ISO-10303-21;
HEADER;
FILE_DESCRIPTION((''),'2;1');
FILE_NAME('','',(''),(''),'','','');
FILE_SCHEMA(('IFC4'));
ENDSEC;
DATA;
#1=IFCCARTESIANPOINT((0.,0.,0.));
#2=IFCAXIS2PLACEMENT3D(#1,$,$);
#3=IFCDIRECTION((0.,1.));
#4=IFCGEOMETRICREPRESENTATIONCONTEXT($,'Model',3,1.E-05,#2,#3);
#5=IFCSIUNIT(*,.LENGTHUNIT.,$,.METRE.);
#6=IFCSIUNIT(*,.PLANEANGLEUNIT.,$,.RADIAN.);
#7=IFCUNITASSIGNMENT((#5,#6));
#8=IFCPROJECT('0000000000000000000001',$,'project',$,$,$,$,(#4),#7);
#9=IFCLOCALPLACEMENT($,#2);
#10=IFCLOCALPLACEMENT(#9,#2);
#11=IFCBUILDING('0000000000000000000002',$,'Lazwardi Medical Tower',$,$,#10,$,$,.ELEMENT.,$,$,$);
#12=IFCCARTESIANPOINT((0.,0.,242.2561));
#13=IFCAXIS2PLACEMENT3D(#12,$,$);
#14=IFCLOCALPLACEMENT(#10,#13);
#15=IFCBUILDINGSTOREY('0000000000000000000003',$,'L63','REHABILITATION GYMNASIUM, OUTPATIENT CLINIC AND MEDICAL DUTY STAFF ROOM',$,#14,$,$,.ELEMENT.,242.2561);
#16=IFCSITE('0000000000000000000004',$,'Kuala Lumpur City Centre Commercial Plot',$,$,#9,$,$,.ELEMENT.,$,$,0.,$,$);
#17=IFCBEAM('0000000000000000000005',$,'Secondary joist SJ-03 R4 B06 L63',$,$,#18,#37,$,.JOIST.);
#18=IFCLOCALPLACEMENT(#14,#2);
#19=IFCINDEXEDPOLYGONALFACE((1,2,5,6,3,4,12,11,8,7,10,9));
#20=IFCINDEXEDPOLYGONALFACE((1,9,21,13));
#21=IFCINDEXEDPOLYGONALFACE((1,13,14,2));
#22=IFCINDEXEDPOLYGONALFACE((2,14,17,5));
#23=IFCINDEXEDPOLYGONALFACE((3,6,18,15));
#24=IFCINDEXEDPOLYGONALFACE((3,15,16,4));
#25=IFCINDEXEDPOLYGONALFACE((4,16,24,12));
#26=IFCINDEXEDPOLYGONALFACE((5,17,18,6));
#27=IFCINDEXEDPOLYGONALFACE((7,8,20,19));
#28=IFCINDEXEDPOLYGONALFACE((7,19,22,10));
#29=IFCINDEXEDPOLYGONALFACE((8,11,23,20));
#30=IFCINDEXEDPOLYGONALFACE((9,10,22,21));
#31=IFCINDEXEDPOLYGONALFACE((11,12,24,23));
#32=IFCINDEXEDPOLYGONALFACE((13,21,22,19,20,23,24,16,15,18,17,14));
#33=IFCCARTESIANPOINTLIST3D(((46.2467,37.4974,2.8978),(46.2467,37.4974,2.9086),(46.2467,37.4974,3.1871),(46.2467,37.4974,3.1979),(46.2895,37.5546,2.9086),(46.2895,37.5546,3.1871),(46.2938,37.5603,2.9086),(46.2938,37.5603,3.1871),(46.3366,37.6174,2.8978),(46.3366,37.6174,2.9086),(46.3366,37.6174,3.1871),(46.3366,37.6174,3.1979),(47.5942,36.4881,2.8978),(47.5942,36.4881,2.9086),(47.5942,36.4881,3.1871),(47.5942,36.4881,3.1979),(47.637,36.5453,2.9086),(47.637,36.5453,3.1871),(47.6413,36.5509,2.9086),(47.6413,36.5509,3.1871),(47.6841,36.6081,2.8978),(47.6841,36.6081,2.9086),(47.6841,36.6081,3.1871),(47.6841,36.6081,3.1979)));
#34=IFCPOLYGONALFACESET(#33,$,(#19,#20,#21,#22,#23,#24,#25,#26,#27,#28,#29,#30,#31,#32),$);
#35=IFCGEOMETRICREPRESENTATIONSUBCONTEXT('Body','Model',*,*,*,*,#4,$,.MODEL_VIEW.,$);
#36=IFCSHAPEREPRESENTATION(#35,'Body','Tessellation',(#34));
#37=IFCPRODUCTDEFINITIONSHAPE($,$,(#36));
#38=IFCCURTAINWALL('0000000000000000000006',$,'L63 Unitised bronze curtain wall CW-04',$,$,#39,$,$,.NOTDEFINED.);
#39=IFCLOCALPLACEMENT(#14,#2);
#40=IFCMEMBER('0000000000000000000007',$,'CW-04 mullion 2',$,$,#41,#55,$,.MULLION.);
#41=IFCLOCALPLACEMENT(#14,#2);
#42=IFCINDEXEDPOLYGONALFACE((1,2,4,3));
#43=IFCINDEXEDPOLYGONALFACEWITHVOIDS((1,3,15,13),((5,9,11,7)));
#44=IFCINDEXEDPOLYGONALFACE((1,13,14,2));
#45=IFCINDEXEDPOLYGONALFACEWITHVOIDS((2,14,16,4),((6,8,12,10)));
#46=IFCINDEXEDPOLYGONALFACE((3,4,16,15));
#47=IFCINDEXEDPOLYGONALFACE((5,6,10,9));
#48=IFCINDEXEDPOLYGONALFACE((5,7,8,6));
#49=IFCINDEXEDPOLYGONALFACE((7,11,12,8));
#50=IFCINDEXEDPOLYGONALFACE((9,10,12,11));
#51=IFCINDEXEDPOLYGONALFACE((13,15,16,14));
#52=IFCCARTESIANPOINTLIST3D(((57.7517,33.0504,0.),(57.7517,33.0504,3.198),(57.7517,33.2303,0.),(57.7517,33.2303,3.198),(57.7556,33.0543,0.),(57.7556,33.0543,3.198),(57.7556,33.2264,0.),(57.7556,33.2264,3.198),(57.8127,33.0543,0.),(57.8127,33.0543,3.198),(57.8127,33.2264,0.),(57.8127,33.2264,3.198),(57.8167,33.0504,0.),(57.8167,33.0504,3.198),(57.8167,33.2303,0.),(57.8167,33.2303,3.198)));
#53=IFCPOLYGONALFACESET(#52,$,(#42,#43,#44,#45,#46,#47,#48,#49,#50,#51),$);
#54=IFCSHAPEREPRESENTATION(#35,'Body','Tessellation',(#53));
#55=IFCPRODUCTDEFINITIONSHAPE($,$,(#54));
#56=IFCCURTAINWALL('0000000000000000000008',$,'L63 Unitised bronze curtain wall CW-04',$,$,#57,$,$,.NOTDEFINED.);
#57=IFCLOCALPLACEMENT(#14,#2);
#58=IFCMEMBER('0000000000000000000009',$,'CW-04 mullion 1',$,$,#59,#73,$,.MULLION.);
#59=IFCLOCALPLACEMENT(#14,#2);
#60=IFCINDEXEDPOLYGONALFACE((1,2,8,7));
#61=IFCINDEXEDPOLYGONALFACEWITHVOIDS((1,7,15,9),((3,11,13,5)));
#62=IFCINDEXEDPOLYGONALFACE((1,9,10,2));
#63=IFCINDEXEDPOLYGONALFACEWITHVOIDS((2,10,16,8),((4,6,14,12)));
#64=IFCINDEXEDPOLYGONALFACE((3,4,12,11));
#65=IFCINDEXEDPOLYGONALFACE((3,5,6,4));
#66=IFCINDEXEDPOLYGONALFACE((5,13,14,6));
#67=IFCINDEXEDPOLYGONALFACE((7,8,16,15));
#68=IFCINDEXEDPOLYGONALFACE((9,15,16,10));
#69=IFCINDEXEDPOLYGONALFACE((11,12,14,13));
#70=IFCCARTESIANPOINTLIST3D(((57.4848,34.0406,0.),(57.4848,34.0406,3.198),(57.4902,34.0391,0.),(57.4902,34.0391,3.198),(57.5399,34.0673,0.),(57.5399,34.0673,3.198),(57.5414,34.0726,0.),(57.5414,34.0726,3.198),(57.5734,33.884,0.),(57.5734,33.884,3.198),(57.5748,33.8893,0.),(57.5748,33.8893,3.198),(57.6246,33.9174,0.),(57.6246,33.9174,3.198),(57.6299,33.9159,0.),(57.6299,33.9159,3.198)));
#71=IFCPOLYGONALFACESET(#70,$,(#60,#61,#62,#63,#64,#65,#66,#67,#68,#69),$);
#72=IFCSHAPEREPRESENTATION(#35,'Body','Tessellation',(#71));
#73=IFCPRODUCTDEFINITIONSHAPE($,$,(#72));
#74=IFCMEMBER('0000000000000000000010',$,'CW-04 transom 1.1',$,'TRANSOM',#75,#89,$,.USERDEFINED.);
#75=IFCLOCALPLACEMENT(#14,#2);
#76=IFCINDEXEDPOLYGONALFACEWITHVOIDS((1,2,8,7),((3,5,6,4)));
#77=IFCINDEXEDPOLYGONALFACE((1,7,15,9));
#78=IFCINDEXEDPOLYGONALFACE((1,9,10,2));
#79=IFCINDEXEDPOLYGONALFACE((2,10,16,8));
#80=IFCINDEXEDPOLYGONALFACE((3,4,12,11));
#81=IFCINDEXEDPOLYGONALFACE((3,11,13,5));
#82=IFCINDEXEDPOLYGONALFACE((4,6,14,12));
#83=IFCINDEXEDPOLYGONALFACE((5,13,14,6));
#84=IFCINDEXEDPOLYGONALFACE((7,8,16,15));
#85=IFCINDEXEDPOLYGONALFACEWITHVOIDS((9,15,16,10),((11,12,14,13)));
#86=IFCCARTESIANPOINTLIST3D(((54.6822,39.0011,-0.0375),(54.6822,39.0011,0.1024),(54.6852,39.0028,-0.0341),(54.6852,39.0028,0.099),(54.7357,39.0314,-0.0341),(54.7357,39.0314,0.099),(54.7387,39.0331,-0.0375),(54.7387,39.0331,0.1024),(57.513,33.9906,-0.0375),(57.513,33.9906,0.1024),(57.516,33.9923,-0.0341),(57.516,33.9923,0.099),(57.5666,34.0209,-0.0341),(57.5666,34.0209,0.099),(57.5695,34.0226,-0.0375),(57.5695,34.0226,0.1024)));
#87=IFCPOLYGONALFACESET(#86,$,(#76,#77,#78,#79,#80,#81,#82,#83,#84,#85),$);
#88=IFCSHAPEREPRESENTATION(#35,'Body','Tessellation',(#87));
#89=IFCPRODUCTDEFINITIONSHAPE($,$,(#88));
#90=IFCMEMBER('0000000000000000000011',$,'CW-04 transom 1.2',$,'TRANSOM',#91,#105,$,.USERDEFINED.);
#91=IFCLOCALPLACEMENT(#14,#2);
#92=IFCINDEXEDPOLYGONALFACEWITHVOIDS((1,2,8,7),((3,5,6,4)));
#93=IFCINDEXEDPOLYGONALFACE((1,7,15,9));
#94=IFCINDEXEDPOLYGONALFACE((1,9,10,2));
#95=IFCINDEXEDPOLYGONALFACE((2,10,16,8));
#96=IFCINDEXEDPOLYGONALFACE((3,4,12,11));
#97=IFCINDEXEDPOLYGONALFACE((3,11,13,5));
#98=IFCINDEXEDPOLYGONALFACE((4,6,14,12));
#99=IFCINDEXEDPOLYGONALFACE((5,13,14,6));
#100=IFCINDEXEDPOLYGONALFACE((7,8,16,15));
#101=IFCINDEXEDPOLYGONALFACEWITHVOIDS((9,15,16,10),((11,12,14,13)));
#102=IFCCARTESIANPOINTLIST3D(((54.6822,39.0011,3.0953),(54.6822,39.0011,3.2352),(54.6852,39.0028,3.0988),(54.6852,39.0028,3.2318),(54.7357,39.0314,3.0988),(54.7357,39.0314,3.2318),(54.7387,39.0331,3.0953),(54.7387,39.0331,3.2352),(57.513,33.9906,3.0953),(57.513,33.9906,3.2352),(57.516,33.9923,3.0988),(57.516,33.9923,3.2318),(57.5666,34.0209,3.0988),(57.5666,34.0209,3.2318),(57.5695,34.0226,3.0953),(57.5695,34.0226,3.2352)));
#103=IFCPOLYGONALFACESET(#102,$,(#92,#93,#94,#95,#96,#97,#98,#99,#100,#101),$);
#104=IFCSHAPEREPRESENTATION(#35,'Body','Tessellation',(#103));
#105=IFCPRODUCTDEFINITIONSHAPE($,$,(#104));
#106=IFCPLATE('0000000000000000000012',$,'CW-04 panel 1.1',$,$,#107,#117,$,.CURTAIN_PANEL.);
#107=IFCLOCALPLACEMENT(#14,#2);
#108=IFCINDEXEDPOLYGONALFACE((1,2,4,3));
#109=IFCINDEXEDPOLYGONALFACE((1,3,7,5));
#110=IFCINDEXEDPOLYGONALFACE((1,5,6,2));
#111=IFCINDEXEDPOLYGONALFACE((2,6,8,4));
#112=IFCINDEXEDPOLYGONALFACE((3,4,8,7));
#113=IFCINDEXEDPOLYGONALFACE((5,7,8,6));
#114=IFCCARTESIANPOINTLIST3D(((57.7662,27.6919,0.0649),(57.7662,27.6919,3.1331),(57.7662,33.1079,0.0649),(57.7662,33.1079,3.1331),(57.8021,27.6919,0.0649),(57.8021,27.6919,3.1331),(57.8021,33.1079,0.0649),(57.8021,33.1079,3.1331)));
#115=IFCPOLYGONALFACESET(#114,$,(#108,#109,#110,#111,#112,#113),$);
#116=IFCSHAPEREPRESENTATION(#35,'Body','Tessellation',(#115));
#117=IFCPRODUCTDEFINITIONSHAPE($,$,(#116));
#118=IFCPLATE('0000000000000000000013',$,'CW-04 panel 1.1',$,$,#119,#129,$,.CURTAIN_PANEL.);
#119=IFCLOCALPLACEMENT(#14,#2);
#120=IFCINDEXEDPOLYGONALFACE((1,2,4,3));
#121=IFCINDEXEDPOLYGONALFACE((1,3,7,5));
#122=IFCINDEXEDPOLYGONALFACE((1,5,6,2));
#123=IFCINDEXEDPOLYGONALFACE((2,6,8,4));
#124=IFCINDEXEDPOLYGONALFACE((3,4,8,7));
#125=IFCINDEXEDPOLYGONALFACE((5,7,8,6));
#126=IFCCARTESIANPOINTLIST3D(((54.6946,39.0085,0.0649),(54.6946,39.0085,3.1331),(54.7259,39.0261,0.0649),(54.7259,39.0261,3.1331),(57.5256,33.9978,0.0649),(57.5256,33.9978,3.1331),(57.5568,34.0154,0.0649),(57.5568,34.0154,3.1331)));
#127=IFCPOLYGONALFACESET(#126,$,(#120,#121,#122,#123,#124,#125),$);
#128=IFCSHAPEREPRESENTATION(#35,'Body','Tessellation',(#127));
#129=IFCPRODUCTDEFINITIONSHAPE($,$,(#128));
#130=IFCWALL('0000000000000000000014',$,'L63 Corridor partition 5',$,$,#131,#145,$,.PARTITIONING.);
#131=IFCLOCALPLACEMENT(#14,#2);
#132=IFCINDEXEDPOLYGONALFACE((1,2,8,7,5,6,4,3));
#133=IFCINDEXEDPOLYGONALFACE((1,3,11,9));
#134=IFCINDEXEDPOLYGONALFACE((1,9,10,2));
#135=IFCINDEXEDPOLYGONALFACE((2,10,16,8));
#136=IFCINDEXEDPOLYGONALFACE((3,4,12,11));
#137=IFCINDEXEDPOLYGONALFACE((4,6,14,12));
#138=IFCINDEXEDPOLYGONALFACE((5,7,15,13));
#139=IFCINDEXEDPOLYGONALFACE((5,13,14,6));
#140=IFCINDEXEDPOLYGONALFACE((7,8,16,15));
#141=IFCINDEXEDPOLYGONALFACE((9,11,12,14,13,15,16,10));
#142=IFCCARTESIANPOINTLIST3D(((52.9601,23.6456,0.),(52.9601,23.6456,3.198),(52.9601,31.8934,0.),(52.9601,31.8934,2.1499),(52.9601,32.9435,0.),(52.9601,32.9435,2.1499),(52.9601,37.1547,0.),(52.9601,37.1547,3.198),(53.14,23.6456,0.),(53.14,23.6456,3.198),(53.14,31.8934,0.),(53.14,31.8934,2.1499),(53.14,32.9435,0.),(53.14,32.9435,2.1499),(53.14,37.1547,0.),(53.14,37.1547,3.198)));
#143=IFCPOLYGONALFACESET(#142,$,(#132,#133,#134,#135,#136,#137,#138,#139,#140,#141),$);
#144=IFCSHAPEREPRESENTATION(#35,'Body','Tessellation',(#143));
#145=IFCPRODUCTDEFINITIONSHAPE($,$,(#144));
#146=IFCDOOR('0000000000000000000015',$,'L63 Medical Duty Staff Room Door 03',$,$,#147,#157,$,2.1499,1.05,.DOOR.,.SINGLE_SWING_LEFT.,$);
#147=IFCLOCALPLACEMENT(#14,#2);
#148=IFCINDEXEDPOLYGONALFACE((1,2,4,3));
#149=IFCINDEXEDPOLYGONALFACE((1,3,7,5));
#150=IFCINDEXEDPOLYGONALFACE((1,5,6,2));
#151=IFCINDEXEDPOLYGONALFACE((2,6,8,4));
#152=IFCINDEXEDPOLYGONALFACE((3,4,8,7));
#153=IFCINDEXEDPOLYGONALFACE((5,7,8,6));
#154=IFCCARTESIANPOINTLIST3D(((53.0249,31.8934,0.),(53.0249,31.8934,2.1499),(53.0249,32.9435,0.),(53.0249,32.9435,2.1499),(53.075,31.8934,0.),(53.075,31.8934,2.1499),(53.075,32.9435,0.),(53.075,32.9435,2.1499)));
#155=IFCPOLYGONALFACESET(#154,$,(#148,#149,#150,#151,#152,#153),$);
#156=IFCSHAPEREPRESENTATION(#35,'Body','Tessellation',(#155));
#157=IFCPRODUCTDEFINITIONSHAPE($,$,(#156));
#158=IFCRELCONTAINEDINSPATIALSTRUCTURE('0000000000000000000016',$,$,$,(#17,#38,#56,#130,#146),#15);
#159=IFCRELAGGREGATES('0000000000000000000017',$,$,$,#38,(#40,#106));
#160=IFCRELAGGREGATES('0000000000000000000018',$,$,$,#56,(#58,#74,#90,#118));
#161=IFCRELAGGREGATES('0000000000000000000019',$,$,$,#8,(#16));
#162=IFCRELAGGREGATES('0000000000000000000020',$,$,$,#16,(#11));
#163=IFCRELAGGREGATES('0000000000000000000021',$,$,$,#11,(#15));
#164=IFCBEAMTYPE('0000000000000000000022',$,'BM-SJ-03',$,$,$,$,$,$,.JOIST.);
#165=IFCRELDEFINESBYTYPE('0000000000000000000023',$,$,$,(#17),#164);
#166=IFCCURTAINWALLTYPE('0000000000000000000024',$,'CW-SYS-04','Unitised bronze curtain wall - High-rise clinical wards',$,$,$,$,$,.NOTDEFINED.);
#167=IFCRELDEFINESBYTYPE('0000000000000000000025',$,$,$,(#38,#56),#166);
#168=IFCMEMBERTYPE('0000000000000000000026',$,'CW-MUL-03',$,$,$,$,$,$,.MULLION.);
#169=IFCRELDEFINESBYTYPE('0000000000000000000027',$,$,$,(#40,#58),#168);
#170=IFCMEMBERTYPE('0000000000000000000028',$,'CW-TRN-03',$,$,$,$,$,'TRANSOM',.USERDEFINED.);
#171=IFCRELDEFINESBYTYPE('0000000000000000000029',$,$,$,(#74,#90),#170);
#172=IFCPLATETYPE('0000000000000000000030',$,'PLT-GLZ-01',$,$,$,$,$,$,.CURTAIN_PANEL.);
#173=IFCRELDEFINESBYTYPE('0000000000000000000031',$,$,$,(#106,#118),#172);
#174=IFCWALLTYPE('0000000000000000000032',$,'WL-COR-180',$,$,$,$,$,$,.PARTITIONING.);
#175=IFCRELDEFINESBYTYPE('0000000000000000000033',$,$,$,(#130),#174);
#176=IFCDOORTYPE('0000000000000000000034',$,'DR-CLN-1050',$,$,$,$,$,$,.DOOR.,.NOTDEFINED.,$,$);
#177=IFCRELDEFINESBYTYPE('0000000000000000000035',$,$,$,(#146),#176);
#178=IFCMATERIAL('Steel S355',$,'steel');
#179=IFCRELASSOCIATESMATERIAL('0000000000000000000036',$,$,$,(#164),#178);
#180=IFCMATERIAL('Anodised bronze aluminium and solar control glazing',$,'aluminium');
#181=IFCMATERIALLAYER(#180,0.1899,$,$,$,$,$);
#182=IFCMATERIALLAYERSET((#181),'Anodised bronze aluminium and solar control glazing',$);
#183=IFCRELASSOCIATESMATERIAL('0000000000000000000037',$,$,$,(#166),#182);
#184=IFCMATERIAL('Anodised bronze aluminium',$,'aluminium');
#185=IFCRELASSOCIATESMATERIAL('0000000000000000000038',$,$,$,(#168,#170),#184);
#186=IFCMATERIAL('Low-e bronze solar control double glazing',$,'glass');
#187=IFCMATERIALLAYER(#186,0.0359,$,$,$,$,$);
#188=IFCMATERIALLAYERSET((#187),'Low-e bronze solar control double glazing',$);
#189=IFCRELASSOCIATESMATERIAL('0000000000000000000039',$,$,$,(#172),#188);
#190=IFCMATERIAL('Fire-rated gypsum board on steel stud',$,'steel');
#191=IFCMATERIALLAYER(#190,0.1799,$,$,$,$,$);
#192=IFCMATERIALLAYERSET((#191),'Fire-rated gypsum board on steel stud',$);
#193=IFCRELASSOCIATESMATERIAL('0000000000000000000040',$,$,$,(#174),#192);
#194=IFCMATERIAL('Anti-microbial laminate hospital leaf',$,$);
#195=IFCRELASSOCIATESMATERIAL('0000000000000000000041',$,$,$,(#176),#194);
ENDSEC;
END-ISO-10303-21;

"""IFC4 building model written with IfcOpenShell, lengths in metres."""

from ifc_helpers import new_model, si_unit, direction, frame, frame_2d, origin, origin_2d, place, context, subcontext, project, spatial, rectangle, hollow_rectangle, i_section, extrude, material, layer, layer_set, material_profile, profile_set, type_object, element, fill, aggregate, save


model = new_model("IFC4")

# Units and contexts
model_context = context("Model", 3, precision=1e-05, world=origin(), true_north=direction((0.0, 1.0)))
body_context = subcontext(model_context, "Body", "Model", "MODEL_VIEW")
ifc_project = project(units=[si_unit("LENGTHUNIT", "METRE"), si_unit("PLANEANGLEUNIT", "RADIAN")], contexts=[model_context])

# Site, building, storey
site_placement = place(None, origin())
site = spatial("IfcSite", under=ifc_project, at=site_placement, Name="Kuala Lumpur City Centre Commercial Plot", CompositionType="ELEMENT", RefElevation=0.0)
building_placement = place(site_placement, origin())
building = spatial("IfcBuilding", under=site, at=building_placement, Name="Lazwardi Medical Tower", CompositionType="ELEMENT")
storey_placement = place(building_placement, frame((0.0, 0.0, 242.2561)))
storey = spatial("IfcBuildingStorey", under=building, at=storey_placement, Name="L63", Description="REHABILITATION GYMNASIUM, OUTPATIENT CLINIC AND MEDICAL DUTY STAFF ROOM", CompositionType="ELEMENT", Elevation=242.2561)

# Beam
ifc_material_1 = material(Name="Steel S355", Category="steel")
ifc_material_profile_1 = material_profile(ifc_material_1, i_section(OverallWidth=0.1499, OverallDepth=0.3, WebThickness=0.0071, FlangeThickness=0.0107, at=origin_2d()), Name="IPE 300")
ifc_profile_set_1 = profile_set([ifc_material_profile_1], Name="Steel S355")
beam_type_1 = type_object("IfcBeamType", Name="BM-SJ-03", PredefinedType="JOIST", material=ifc_profile_set_1)
beam_1_placement = place(storey_placement, frame((47.6392, 36.5481, 3.0479), z_axis=(-0.800365, 0.599513, 0.0), x_axis=(-0.599513, -0.800365, 0.0)))
element("IfcBeam", 1, at=beam_1_placement, inside=storey, type_object=beam_type_1, Name="Secondary joist SJ-03 R4 B06 L63", PredefinedType="JOIST", context=body_context, shape_type="SweptSolid", body=[
    extrude(i_section(OverallWidth=0.1499, OverallDepth=0.3, WebThickness=0.0071, FlangeThickness=0.0107, at=origin_2d()), origin(), (0.0, 0.0, 1.0), 1.6836),
])

# Curtain wall, member
ifc_material_2 = material(Name="Anodised bronze aluminium and solar control glazing", Category="aluminium")
ifc_layer_1 = layer(ifc_material_2, 0.1899)
ifc_layer_set_1 = layer_set([ifc_layer_1], Name="Anodised bronze aluminium and solar control glazing")
curtain_wall_type = type_object("IfcCurtainWallType", Name="CW-SYS-04", Description="Unitised bronze curtain wall - High-rise clinical wards", PredefinedType="NOTDEFINED", material=ifc_layer_set_1)
curtain_wall_1_placement = place(storey_placement, origin())
curtain_wall_1 = element("IfcCurtainWall", 2, at=curtain_wall_1_placement, inside=storey, type_object=curtain_wall_type, Name="L63 Unitised bronze curtain wall CW-04", PredefinedType="NOTDEFINED")
ifc_material_3 = material(Name="Anodised bronze aluminium", Category="aluminium")
ifc_material_profile_2 = material_profile(ifc_material_3, hollow_rectangle(XDim=0.0649, YDim=0.1799, WallThickness=0.0039, at=origin_2d()), Name="ALU-MULLION 180x65x4")
ifc_profile_set_2 = profile_set([ifc_material_profile_2], Name="Anodised bronze aluminium")
member_type_1 = type_object("IfcMemberType", Name="CW-MUL-03", PredefinedType="MULLION", material=ifc_profile_set_2)
member_1_placement = place(storey_placement, frame((57.7842, 33.1404, 0.0), z_axis=(0.0, 0.0, 1.0), x_axis=(-1.0, 0.0, 0.0)))
member_1 = element("IfcMember", 3, at=member_1_placement, type_object=member_type_1, Name="CW-04 mullion 2", PredefinedType="MULLION", context=body_context, shape_type="SweptSolid", body=[
    extrude(hollow_rectangle(XDim=0.0649, YDim=0.1799, WallThickness=0.0039, at=origin_2d()), origin(), (0.0, 0.0, 1.0), 3.198),
])

# Curtain wall, members
curtain_wall_2_placement = place(storey_placement, origin())
curtain_wall_2 = element("IfcCurtainWall", 4, at=curtain_wall_2_placement, inside=storey, type_object=curtain_wall_type, Name="L63 Unitised bronze curtain wall CW-04", PredefinedType="NOTDEFINED")
member_2_placement = place(storey_placement, frame((57.5574, 33.9783, 0.0), z_axis=(0.0, 0.0, 1.0), x_axis=(-0.870651, -0.4919, 0.0)))
member_2 = element("IfcMember", 5, at=member_2_placement, type_object=member_type_1, Name="CW-04 mullion 1", PredefinedType="MULLION", context=body_context, shape_type="SweptSolid", body=[
    extrude(hollow_rectangle(XDim=0.0649, YDim=0.1799, WallThickness=0.0039, at=origin_2d()), origin(), (0.0, 0.0, 1.0), 3.198),
])
ifc_material_profile_3 = material_profile(ifc_material_3, hollow_rectangle(XDim=0.0649, YDim=0.1399, WallThickness=0.0034, at=origin_2d()), Name="ALU-TRANSOM 140x65x3.5")
ifc_profile_set_3 = profile_set([ifc_material_profile_3], Name="Anodised bronze aluminium")
member_type_2 = type_object("IfcMemberType", Name="CW-TRN-03", ElementType="TRANSOM", PredefinedType="USERDEFINED", material=ifc_profile_set_3)
member_3_placement = place(storey_placement, frame((57.5413, 34.0066, 0.0325), z_axis=(-0.491898, 0.870653, 0.0), x_axis=(-0.870653, -0.491898, 0.0)))
member_3 = element("IfcMember", 6, at=member_3_placement, type_object=member_type_2, Name="CW-04 transom 1.1", ObjectType="TRANSOM", PredefinedType="USERDEFINED", context=body_context, shape_type="SweptSolid", body=[
    extrude(hollow_rectangle(XDim=0.0649, YDim=0.1399, WallThickness=0.0034, at=origin_2d()), origin(), (0.0, 0.0, 1.0), 5.7549),
])
member_4_placement = place(storey_placement, frame((57.5413, 34.0066, 3.1653), z_axis=(-0.491898, 0.870653, 0.0), x_axis=(-0.870653, -0.491898, 0.0)))
member_4 = element("IfcMember", 7, at=member_4_placement, type_object=member_type_2, Name="CW-04 transom 1.2", ObjectType="TRANSOM", PredefinedType="USERDEFINED", context=body_context, shape_type="SweptSolid", body=[
    extrude(hollow_rectangle(XDim=0.0649, YDim=0.1399, WallThickness=0.0034, at=origin_2d()), origin(), (0.0, 0.0, 1.0), 5.7549),
])

# Plates
ifc_material_4 = material(Name="Low-e bronze solar control double glazing", Category="glass")
ifc_layer_2 = layer(ifc_material_4, 0.0359)
ifc_layer_set_2 = layer_set([ifc_layer_2], Name="Low-e bronze solar control double glazing")
plate_type = type_object("IfcPlateType", Name="PLT-GLZ-01", PredefinedType="CURTAIN_PANEL", material=ifc_layer_set_2)
plate_1_placement = place(storey_placement, frame((57.7842, 30.3999, 0.0649), z_axis=(0.0, 0.0, 1.0), x_axis=(0.0, 1.0, 0.0)))
plate_1 = element("IfcPlate", 8, at=plate_1_placement, type_object=plate_type, Name="CW-04 panel 1.1", PredefinedType="CURTAIN_PANEL", context=body_context, shape_type="SweptSolid", body=[
    extrude(rectangle(XDim=5.416, YDim=0.0359, at=origin_2d()), origin(), (0.0, 0.0, 1.0), 3.0681),
])
aggregate(curtain_wall_1, [member_1, plate_1])
plate_2_placement = place(storey_placement, frame((56.1257, 36.512, 0.0649), z_axis=(0.0, 0.0, 1.0), x_axis=(-0.4919, 0.870651, 0.0)))
plate_2 = element("IfcPlate", 9, at=plate_2_placement, type_object=plate_type, Name="CW-04 panel 1.1", PredefinedType="CURTAIN_PANEL", context=body_context, shape_type="SweptSolid", body=[
    extrude(rectangle(XDim=5.7551, YDim=0.0359, at=origin_2d()), origin(), (0.0, 0.0, 1.0), 3.0681),
])
aggregate(curtain_wall_2, [member_2, member_3, member_4, plate_2])

# Wall, opening, door
ifc_material_5 = material(Name="Fire-rated gypsum board on steel stud", Category="steel")
ifc_layer_3 = layer(ifc_material_5, 0.1799)
ifc_layer_set_3 = layer_set([ifc_layer_3], Name="Fire-rated gypsum board on steel stud")
wall_type_1 = type_object("IfcWallType", Name="WL-COR-180", PredefinedType="PARTITIONING", material=ifc_layer_set_3)
wall_1_placement = place(storey_placement, frame((53.05, 37.1545, 0.0), z_axis=(0.0, 0.0, 1.0), x_axis=(0.0, -1.0, 0.0)))
wall_1 = element("IfcWall", 10, at=wall_1_placement, inside=storey, type_object=wall_type_1, Name="L63 Corridor partition 5", PredefinedType="PARTITIONING", context=body_context, shape_type="SweptSolid", body=[
    extrude(rectangle(XDim=13.509, YDim=0.1799, at=frame_2d((6.7544, 0.0))), origin(), (0.0, 0.0, 1.0), 3.198),
])
opening_1_placement = place(wall_1_placement, frame((4.2112, 0.0, 0.0)))
opening_1 = element("IfcOpeningElement", 11, at=opening_1_placement, cuts=wall_1, PredefinedType="OPENING", context=body_context, shape_type="SweptSolid", body=[
    extrude(rectangle(XDim=1.05, YDim=2.1499, at=frame_2d((0.5249, 1.075))), frame((0.0, 0.0999, 0.0), z_axis=(0.0, -1.0, 0.0), x_axis=(1.0, 0.0, 0.0)), (0.0, 0.0, 1.0), 0.2),
])
ifc_material_6 = material(Name="Anti-microbial laminate hospital leaf")
door_type_1 = type_object("IfcDoorType", Name="DR-CLN-1050", OperationType="NOTDEFINED", PredefinedType="DOOR", material=ifc_material_6)
door_1_placement = place(opening_1_placement, origin())
door_1 = element("IfcDoor", 12, at=door_1_placement, inside=storey, type_object=door_type_1, Name="L63 Medical Duty Staff Room Door 03", OperationType="SINGLE_SWING_LEFT", OverallHeight=2.1499, OverallWidth=1.05, PredefinedType="DOOR", context=body_context, shape_type="SweptSolid", body=[
    extrude(rectangle(XDim=1.05, YDim=2.1499, at=frame_2d((0.5249, 1.075))), frame((0.0, 0.0249, 0.0), z_axis=(0.0, -1.0, 0.0), x_axis=(1.0, 0.0, 0.0)), (0.0, 0.0, 1.0), 0.05),
])
fill(opening_1, door_1)

save(model, "model.ifc")
